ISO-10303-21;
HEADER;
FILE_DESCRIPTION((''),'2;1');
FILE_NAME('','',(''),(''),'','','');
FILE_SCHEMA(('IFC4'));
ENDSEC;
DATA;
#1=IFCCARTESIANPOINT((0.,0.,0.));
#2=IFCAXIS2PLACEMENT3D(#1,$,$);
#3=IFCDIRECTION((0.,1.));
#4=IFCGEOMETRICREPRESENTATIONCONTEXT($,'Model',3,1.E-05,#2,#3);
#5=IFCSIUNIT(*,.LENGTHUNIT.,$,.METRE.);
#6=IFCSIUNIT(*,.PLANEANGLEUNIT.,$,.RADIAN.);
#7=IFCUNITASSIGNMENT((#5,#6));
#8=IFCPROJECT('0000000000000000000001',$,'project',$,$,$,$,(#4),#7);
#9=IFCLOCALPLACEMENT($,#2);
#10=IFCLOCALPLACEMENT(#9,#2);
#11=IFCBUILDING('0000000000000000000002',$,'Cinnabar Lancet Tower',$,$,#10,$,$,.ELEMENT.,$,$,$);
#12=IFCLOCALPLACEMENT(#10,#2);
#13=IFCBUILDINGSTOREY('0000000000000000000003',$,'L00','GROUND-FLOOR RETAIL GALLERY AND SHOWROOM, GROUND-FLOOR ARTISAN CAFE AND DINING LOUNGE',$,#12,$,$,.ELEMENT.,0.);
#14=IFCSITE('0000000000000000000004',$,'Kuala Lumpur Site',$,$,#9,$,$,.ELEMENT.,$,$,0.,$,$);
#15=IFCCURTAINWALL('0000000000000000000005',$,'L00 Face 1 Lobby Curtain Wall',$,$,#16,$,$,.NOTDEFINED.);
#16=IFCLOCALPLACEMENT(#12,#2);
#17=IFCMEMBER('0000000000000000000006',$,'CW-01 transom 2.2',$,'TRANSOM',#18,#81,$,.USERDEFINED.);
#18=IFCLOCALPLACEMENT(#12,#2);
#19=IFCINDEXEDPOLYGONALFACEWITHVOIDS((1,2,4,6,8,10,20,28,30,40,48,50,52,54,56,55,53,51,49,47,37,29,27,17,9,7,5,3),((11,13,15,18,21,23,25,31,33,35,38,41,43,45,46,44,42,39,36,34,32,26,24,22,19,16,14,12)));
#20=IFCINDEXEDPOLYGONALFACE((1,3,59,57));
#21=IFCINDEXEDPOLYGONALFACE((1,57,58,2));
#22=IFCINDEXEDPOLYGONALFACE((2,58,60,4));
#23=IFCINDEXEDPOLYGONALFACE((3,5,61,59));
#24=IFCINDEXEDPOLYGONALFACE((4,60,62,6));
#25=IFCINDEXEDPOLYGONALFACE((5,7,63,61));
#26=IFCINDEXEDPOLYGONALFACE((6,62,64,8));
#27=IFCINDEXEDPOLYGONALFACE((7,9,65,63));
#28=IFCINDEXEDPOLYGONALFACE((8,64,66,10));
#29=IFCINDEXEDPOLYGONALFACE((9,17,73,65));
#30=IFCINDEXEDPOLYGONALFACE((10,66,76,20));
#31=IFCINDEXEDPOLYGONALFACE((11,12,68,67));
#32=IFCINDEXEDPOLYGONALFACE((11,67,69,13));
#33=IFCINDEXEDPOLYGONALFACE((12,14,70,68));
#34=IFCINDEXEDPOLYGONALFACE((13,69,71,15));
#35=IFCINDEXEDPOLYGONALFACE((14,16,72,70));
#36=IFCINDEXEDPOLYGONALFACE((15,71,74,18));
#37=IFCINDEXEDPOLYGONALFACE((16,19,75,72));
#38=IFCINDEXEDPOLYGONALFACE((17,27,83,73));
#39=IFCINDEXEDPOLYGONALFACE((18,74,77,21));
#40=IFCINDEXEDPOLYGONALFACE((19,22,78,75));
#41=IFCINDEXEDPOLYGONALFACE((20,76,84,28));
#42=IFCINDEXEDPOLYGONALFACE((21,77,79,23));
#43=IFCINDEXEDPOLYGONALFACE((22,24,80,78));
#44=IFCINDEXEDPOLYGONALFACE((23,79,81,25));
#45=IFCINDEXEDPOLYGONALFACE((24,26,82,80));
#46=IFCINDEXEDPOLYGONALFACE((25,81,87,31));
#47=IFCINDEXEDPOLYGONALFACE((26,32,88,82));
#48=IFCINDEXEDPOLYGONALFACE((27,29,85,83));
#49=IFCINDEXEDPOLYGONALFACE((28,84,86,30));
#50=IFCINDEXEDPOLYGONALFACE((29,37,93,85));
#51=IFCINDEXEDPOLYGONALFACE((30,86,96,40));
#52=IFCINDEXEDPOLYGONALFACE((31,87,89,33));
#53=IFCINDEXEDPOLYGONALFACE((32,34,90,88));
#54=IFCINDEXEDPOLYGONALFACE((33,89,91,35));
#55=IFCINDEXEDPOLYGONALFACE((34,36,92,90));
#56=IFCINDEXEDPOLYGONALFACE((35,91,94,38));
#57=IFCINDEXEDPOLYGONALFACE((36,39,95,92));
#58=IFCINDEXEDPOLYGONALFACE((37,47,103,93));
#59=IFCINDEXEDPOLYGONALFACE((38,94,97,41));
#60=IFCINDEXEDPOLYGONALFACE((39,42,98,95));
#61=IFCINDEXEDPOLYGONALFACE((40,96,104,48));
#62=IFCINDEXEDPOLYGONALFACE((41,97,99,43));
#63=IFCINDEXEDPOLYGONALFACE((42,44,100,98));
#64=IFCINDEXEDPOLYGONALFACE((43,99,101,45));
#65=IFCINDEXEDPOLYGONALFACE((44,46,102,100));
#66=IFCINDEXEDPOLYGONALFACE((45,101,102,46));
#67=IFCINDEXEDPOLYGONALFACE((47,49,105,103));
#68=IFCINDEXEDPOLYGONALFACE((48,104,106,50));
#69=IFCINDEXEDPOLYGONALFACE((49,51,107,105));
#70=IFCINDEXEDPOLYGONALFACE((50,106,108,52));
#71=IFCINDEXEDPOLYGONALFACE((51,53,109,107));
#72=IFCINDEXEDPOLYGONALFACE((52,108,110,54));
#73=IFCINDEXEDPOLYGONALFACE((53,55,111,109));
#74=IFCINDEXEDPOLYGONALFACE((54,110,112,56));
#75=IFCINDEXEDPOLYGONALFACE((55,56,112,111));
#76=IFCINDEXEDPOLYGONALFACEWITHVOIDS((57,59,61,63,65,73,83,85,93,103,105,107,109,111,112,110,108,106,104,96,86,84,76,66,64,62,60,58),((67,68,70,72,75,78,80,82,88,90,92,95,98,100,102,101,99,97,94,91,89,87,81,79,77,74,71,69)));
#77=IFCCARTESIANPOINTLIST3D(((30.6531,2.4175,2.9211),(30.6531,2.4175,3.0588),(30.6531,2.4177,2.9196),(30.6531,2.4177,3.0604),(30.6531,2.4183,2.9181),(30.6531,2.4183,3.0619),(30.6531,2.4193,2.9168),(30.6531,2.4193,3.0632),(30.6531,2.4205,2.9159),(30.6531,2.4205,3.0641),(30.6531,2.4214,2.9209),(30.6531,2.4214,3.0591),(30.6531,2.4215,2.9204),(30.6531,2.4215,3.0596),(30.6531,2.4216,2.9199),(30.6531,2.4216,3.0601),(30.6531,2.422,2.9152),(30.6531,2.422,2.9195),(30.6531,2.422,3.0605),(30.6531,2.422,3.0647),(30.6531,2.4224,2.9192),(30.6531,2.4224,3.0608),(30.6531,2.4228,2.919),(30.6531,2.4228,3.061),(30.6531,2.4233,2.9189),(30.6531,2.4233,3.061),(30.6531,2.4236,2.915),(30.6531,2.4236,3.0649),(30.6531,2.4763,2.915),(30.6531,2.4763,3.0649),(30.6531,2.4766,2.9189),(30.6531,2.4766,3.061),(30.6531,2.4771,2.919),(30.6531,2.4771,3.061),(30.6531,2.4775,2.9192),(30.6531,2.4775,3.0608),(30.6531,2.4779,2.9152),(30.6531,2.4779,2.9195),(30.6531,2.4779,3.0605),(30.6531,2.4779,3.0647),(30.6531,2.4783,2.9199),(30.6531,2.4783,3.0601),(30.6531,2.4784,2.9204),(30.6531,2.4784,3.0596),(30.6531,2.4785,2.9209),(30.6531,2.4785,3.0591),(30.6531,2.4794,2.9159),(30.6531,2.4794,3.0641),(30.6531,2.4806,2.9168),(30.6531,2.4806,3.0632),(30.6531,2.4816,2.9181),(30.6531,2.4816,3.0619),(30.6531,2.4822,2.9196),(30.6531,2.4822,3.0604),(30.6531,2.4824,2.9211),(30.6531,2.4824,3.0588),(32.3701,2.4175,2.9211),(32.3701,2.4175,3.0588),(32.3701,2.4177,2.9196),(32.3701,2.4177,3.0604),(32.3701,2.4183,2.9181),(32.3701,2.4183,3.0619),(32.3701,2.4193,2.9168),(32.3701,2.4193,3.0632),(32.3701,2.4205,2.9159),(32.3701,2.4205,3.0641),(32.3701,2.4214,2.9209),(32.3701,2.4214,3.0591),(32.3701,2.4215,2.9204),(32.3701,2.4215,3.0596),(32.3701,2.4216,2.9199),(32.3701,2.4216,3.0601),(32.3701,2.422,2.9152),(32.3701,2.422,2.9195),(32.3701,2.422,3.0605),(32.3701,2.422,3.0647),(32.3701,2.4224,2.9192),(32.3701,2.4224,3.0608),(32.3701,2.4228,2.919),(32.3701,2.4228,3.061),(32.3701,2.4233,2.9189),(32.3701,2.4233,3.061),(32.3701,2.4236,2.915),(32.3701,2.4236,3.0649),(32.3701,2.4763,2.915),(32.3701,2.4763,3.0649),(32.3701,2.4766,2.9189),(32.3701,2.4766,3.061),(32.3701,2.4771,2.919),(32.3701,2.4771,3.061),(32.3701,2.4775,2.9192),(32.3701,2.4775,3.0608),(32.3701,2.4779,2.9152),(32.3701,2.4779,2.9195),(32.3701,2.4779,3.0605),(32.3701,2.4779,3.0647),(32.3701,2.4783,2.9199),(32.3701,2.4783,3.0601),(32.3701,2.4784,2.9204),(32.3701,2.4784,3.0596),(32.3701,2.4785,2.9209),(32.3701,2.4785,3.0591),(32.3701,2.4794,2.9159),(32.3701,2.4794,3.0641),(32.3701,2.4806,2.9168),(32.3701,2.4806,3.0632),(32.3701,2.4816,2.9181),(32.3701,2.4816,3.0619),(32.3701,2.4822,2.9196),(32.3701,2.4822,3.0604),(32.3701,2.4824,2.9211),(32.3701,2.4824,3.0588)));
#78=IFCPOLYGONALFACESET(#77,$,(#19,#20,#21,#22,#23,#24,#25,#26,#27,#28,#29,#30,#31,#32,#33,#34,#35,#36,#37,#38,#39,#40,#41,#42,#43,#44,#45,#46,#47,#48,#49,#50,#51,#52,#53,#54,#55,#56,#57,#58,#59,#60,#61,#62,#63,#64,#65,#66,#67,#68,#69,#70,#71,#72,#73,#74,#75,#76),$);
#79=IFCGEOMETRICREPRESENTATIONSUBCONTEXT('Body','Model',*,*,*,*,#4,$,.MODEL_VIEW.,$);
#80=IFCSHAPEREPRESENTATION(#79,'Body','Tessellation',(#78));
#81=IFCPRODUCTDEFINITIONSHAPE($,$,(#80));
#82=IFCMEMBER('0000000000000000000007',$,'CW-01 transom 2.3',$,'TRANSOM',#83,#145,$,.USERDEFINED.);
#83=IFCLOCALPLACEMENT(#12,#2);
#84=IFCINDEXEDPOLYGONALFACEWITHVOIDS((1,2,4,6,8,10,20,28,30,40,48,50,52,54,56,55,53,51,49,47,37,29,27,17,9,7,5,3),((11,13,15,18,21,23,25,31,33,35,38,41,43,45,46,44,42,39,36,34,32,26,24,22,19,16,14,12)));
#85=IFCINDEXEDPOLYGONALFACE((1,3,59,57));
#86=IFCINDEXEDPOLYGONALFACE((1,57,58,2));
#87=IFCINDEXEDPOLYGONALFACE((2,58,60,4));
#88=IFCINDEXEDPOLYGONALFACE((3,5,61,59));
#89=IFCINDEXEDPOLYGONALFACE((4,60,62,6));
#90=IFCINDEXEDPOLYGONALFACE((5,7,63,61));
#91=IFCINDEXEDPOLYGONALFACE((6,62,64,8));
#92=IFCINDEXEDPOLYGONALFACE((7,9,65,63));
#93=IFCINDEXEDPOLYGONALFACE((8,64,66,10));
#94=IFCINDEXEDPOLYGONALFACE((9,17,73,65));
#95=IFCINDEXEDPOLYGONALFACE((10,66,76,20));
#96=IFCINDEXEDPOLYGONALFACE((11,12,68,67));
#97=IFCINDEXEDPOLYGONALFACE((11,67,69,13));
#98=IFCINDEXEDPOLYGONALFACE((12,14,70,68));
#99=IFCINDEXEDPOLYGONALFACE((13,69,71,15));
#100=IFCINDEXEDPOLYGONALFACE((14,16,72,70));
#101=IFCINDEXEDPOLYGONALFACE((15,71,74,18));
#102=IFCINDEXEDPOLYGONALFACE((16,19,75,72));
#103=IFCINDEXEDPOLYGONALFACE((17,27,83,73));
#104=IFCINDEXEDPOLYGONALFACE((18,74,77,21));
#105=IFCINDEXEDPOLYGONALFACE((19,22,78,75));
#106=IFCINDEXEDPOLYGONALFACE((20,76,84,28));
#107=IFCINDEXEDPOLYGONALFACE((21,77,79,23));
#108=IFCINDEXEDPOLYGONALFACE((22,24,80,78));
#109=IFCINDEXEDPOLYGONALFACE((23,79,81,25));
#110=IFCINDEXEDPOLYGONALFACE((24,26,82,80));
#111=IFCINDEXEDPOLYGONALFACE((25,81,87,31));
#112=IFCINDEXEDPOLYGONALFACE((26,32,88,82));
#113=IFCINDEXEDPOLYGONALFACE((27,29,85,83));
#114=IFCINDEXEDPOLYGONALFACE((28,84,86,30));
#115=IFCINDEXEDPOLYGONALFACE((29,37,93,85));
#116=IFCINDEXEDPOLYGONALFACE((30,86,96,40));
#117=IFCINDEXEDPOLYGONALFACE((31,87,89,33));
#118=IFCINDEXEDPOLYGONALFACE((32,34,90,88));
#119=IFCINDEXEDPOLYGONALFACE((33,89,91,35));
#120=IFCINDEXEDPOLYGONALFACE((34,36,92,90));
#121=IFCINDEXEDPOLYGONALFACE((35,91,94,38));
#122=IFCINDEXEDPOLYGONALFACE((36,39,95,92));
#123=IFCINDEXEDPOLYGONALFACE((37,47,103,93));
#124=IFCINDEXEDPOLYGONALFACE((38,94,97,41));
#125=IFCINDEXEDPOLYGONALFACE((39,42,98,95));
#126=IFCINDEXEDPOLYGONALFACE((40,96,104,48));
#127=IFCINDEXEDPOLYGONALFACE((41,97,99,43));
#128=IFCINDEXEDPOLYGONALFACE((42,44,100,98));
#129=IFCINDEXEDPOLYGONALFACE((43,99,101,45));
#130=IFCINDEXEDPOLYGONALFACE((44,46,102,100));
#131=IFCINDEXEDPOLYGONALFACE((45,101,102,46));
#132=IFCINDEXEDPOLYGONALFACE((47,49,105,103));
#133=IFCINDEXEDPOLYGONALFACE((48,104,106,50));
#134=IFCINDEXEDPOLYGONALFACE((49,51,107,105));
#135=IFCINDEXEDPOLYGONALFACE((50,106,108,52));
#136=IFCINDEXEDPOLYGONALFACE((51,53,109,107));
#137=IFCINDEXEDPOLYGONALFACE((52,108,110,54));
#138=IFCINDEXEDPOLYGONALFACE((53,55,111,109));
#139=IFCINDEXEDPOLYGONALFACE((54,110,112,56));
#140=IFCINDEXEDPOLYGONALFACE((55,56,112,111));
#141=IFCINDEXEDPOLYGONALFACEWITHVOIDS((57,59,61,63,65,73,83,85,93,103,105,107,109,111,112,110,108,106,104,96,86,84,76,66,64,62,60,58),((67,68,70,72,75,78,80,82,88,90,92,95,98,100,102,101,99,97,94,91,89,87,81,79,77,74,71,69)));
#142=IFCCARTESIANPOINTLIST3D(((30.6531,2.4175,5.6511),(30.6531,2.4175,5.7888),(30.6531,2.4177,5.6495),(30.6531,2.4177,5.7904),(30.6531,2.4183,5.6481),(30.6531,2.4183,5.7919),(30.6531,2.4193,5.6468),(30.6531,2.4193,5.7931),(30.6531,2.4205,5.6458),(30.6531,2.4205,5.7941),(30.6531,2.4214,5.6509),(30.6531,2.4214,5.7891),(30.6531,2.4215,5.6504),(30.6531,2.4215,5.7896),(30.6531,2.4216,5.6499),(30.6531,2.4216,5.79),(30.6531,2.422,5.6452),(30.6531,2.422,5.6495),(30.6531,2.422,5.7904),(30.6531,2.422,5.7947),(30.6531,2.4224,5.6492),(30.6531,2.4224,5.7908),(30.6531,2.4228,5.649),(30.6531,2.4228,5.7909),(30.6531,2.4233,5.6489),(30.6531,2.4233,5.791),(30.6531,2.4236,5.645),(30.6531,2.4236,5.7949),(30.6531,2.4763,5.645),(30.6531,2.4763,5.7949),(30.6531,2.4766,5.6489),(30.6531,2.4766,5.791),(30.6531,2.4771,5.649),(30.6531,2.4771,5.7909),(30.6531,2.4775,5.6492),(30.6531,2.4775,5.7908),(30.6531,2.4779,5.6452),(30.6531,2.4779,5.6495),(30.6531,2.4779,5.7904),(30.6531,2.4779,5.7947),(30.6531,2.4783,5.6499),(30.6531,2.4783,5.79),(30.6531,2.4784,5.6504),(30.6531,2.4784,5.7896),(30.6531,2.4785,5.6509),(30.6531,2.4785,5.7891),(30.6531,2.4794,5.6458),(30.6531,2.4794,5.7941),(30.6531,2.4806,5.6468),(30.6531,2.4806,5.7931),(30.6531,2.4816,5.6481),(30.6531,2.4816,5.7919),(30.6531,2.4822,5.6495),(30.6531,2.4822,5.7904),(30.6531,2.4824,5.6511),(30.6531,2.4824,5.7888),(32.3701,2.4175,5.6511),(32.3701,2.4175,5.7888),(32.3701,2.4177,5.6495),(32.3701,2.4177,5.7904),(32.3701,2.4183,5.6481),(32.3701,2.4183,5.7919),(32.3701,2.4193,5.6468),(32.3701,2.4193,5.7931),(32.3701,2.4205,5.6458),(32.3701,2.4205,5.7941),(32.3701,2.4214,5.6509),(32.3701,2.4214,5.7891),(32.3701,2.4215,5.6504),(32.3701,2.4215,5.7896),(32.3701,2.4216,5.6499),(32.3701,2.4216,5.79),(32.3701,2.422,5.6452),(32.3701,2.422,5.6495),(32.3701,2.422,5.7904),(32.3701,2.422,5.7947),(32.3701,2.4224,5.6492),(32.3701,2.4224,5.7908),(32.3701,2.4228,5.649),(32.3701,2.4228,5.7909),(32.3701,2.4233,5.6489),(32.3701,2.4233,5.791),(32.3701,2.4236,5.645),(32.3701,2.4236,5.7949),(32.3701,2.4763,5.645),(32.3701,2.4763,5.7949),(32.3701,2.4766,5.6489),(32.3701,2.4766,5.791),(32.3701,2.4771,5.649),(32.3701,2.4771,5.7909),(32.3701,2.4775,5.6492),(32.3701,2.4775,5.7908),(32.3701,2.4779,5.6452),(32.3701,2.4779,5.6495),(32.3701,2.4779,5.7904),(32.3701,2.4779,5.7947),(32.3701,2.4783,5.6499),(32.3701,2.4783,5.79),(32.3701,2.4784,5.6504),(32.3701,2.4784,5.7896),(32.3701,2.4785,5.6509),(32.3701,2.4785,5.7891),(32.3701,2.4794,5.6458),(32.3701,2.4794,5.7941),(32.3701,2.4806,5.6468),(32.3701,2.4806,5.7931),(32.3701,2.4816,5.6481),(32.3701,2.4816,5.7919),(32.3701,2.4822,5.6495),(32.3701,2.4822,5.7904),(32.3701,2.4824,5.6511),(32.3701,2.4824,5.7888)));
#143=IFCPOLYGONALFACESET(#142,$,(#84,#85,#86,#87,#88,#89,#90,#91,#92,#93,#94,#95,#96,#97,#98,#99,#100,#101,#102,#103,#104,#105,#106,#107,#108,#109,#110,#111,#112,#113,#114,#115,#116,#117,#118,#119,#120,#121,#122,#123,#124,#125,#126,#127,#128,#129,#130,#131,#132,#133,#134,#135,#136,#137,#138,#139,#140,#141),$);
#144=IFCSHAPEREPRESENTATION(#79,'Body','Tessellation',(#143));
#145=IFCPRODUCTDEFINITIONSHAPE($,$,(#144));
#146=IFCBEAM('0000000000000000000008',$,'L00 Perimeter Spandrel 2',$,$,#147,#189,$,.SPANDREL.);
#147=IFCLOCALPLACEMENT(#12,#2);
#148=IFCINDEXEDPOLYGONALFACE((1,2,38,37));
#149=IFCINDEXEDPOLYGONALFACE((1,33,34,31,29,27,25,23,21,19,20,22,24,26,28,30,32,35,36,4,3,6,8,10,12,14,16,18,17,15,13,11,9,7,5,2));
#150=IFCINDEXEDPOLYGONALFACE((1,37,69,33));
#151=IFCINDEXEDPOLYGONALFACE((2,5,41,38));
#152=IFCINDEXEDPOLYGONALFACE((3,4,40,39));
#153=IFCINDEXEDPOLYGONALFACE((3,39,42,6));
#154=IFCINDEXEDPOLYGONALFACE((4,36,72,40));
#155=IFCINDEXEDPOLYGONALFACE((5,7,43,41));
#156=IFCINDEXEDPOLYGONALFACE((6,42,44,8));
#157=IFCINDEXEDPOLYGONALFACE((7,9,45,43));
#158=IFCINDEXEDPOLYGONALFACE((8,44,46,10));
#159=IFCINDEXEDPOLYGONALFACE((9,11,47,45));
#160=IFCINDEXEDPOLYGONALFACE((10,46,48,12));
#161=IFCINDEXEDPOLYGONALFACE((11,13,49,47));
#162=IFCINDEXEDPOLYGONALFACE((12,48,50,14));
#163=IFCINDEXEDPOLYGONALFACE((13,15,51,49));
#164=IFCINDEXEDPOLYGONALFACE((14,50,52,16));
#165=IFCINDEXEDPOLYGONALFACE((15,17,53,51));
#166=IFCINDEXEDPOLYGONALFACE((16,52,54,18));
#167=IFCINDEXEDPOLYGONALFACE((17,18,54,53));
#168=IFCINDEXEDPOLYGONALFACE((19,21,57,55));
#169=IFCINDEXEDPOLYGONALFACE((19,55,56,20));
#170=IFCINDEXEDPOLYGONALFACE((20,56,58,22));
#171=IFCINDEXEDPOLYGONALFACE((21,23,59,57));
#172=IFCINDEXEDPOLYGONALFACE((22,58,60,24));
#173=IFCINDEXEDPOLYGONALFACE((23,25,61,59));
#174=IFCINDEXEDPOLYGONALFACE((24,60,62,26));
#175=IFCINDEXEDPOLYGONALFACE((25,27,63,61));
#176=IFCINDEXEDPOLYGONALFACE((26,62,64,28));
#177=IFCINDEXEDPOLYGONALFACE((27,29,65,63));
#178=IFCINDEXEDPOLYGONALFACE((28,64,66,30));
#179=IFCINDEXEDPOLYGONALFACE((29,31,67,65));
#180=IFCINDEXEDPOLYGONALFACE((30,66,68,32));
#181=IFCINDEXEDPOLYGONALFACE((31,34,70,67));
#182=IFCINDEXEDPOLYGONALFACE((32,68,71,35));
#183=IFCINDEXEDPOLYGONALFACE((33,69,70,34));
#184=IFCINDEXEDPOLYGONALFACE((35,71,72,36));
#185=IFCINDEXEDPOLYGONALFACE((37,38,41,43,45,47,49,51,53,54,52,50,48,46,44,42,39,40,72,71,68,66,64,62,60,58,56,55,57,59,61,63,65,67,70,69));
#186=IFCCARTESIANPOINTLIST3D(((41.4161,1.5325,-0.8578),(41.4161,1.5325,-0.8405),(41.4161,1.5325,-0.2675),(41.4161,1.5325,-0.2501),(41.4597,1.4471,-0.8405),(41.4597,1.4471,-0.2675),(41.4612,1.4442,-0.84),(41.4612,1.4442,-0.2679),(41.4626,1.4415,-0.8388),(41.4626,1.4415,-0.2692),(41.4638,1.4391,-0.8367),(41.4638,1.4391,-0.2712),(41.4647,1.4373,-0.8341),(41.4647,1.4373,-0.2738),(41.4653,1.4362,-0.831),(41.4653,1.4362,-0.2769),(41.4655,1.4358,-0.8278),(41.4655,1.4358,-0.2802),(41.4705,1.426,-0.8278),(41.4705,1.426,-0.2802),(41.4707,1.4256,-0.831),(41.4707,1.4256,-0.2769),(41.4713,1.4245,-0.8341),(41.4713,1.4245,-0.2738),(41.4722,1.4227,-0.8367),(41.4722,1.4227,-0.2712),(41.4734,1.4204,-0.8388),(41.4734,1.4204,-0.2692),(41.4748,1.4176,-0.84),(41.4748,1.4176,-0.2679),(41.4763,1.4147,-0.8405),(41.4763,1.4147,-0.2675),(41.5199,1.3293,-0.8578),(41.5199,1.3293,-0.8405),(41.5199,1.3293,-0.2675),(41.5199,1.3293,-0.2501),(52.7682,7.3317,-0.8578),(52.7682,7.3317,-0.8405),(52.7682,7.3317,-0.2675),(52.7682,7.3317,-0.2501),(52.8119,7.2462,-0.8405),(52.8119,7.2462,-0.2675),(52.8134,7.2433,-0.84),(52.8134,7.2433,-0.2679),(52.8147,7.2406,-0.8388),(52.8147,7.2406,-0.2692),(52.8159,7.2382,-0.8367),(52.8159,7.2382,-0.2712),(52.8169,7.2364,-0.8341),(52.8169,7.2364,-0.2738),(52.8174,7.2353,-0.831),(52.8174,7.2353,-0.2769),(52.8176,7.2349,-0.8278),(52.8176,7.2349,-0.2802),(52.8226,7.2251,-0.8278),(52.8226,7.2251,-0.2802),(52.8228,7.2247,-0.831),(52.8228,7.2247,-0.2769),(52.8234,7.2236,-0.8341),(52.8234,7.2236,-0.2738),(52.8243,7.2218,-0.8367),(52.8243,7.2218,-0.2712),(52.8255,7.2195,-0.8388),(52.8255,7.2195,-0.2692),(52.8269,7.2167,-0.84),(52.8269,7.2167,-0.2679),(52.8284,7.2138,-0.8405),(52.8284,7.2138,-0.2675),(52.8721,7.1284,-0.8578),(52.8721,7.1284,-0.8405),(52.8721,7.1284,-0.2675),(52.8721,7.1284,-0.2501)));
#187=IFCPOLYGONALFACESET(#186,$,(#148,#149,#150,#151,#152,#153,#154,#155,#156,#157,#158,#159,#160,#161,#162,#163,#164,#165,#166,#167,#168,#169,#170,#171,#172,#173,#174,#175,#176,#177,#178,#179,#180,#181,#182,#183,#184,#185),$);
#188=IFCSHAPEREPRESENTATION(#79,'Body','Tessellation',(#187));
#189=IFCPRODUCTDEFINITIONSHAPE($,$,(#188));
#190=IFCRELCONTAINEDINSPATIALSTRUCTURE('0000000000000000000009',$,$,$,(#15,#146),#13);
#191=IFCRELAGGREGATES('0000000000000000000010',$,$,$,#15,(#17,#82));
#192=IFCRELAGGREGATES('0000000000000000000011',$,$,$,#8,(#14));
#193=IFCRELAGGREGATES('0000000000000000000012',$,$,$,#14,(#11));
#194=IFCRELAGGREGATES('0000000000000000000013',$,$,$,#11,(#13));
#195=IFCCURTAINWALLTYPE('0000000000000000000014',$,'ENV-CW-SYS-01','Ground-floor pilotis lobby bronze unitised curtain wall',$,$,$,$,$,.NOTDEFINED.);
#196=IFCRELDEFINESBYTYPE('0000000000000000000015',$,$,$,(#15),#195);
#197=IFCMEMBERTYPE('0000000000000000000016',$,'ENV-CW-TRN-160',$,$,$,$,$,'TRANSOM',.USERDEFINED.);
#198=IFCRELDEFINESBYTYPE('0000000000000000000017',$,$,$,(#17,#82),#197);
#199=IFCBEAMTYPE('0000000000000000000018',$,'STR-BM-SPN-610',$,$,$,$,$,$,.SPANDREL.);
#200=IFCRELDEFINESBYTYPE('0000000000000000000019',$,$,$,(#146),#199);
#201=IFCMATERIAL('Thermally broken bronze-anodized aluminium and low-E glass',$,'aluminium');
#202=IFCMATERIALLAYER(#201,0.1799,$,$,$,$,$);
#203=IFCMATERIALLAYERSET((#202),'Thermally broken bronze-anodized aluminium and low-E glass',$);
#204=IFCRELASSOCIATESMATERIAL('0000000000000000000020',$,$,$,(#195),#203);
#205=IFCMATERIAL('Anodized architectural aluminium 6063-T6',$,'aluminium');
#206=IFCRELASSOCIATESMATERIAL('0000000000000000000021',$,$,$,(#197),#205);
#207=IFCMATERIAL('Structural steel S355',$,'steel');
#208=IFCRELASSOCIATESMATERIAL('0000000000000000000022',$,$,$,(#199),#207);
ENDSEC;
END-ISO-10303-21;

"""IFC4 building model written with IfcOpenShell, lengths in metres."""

from ifc_helpers import new_model, si_unit, direction, frame, origin, origin_2d, place, context, subcontext, project, spatial, hollow_rectangle, i_section, extrude, material, layer, layer_set, material_profile, profile_set, type_object, element, aggregate, save


model = new_model("IFC4")

# Units and contexts
model_context = context("Model", 3, precision=1e-05, world=origin(), true_north=direction((0.0, 1.0)))
body_context = subcontext(model_context, "Body", "Model", "MODEL_VIEW")
ifc_project = project(units=[si_unit("LENGTHUNIT", "METRE"), si_unit("PLANEANGLEUNIT", "RADIAN")], contexts=[model_context])

# Site, building, storey
site_placement = place(None, origin())
site = spatial("IfcSite", under=ifc_project, at=site_placement, Name="Kuala Lumpur Site", CompositionType="ELEMENT", RefElevation=0.0)
building_placement = place(site_placement, origin())
building = spatial("IfcBuilding", under=site, at=building_placement, Name="Cinnabar Lancet Tower", CompositionType="ELEMENT")
storey_placement = place(building_placement, origin())
storey = spatial("IfcBuildingStorey", under=building, at=storey_placement, Name="L00", Description="GROUND-FLOOR RETAIL GALLERY AND SHOWROOM, GROUND-FLOOR ARTISAN CAFE AND DINING LOUNGE", CompositionType="ELEMENT", Elevation=0.0)

# Curtain wall, members
ifc_material_1 = material(Name="Thermally broken bronze-anodized aluminium and low-E glass", Category="aluminium")
ifc_layer_1 = layer(ifc_material_1, 0.1799)
ifc_layer_set_1 = layer_set([ifc_layer_1], Name="Thermally broken bronze-anodized aluminium and low-E glass")
curtain_wall_type = type_object("IfcCurtainWallType", Name="ENV-CW-SYS-01", Description="Ground-floor pilotis lobby bronze unitised curtain wall", PredefinedType="NOTDEFINED", material=ifc_layer_set_1)
curtain_wall_placement = place(storey_placement, origin())
curtain_wall = element("IfcCurtainWall", 1, at=curtain_wall_placement, inside=storey, type_object=curtain_wall_type, Name="L00 Face 1 Lobby Curtain Wall", PredefinedType="NOTDEFINED")
ifc_material_2 = material(Name="Anodized architectural aluminium 6063-T6", Category="aluminium")
ifc_material_profile_1 = material_profile(ifc_material_2, hollow_rectangle(XDim=0.0649, YDim=0.1499, WallThickness=0.0039, InnerFilletRadius=0.002, OuterFilletRadius=0.0061, at=origin_2d()), Name="CW-TRN 150x65x4")
ifc_profile_set_1 = profile_set([ifc_material_profile_1], Name="Anodized architectural aluminium 6063-T6")
member_type_1 = type_object("IfcMemberType", Name="ENV-CW-TRN-160", ElementType="TRANSOM", PredefinedType="USERDEFINED", material=ifc_profile_set_1)
member_1_placement = place(storey_placement, frame((32.3701, 2.45, 2.99), z_axis=(-1.0, 0.0, 0.0), x_axis=(0.0, -1.0, 0.0)))
member_1 = element("IfcMember", 2, at=member_1_placement, type_object=member_type_1, Name="CW-01 transom 2.2", ObjectType="TRANSOM", PredefinedType="USERDEFINED", context=body_context, shape_type="SweptSolid", body=[
    extrude(hollow_rectangle(XDim=0.0649, YDim=0.1499, WallThickness=0.0039, InnerFilletRadius=0.002, OuterFilletRadius=0.0061, at=origin_2d()), origin(), (0.0, 0.0, 1.0), 1.717),
])
member_2_placement = place(storey_placement, frame((32.3701, 2.45, 5.72), z_axis=(-1.0, 0.0, 0.0), x_axis=(0.0, -1.0, 0.0)))
member_2 = element("IfcMember", 3, at=member_2_placement, type_object=member_type_1, Name="CW-01 transom 2.3", ObjectType="TRANSOM", PredefinedType="USERDEFINED", context=body_context, shape_type="SweptSolid", body=[
    extrude(hollow_rectangle(XDim=0.0649, YDim=0.1499, WallThickness=0.0039, InnerFilletRadius=0.002, OuterFilletRadius=0.0061, at=origin_2d()), origin(), (0.0, 0.0, 1.0), 1.717),
])

# Beam
ifc_material_3 = material(Name="Structural steel S355", Category="steel")
ifc_material_profile_2 = material_profile(ifc_material_3, i_section(OverallWidth=0.2283, OverallDepth=0.6077, WebThickness=0.011, FlangeThickness=0.0173, FilletRadius=0.0127, at=origin_2d()), Name="UKB 610x229x113")
ifc_profile_set_2 = profile_set([ifc_material_profile_2], Name="Structural steel S355")
beam_type_1 = type_object("IfcBeamType", Name="STR-BM-SPN-610", PredefinedType="SPANDREL", material=ifc_profile_set_2)
beam_1_placement = place(storey_placement, frame((41.468, 1.4309, -0.554), z_axis=(0.890533, 0.454919, 0.0), x_axis=(-0.454919, 0.890533, 0.0)))
element("IfcBeam", 4, at=beam_1_placement, inside=storey, type_object=beam_type_1, Name="L00 Perimeter Spandrel 2", PredefinedType="SPANDREL", context=body_context, shape_type="SweptSolid", body=[
    extrude(i_section(OverallWidth=0.2283, OverallDepth=0.6077, WebThickness=0.011, FlangeThickness=0.0173, FilletRadius=0.0127, at=origin_2d()), origin(), (0.0, 0.0, 1.0), 12.7476),
])

aggregate(curtain_wall, [member_1, member_2])

save(model, "model.ifc")
